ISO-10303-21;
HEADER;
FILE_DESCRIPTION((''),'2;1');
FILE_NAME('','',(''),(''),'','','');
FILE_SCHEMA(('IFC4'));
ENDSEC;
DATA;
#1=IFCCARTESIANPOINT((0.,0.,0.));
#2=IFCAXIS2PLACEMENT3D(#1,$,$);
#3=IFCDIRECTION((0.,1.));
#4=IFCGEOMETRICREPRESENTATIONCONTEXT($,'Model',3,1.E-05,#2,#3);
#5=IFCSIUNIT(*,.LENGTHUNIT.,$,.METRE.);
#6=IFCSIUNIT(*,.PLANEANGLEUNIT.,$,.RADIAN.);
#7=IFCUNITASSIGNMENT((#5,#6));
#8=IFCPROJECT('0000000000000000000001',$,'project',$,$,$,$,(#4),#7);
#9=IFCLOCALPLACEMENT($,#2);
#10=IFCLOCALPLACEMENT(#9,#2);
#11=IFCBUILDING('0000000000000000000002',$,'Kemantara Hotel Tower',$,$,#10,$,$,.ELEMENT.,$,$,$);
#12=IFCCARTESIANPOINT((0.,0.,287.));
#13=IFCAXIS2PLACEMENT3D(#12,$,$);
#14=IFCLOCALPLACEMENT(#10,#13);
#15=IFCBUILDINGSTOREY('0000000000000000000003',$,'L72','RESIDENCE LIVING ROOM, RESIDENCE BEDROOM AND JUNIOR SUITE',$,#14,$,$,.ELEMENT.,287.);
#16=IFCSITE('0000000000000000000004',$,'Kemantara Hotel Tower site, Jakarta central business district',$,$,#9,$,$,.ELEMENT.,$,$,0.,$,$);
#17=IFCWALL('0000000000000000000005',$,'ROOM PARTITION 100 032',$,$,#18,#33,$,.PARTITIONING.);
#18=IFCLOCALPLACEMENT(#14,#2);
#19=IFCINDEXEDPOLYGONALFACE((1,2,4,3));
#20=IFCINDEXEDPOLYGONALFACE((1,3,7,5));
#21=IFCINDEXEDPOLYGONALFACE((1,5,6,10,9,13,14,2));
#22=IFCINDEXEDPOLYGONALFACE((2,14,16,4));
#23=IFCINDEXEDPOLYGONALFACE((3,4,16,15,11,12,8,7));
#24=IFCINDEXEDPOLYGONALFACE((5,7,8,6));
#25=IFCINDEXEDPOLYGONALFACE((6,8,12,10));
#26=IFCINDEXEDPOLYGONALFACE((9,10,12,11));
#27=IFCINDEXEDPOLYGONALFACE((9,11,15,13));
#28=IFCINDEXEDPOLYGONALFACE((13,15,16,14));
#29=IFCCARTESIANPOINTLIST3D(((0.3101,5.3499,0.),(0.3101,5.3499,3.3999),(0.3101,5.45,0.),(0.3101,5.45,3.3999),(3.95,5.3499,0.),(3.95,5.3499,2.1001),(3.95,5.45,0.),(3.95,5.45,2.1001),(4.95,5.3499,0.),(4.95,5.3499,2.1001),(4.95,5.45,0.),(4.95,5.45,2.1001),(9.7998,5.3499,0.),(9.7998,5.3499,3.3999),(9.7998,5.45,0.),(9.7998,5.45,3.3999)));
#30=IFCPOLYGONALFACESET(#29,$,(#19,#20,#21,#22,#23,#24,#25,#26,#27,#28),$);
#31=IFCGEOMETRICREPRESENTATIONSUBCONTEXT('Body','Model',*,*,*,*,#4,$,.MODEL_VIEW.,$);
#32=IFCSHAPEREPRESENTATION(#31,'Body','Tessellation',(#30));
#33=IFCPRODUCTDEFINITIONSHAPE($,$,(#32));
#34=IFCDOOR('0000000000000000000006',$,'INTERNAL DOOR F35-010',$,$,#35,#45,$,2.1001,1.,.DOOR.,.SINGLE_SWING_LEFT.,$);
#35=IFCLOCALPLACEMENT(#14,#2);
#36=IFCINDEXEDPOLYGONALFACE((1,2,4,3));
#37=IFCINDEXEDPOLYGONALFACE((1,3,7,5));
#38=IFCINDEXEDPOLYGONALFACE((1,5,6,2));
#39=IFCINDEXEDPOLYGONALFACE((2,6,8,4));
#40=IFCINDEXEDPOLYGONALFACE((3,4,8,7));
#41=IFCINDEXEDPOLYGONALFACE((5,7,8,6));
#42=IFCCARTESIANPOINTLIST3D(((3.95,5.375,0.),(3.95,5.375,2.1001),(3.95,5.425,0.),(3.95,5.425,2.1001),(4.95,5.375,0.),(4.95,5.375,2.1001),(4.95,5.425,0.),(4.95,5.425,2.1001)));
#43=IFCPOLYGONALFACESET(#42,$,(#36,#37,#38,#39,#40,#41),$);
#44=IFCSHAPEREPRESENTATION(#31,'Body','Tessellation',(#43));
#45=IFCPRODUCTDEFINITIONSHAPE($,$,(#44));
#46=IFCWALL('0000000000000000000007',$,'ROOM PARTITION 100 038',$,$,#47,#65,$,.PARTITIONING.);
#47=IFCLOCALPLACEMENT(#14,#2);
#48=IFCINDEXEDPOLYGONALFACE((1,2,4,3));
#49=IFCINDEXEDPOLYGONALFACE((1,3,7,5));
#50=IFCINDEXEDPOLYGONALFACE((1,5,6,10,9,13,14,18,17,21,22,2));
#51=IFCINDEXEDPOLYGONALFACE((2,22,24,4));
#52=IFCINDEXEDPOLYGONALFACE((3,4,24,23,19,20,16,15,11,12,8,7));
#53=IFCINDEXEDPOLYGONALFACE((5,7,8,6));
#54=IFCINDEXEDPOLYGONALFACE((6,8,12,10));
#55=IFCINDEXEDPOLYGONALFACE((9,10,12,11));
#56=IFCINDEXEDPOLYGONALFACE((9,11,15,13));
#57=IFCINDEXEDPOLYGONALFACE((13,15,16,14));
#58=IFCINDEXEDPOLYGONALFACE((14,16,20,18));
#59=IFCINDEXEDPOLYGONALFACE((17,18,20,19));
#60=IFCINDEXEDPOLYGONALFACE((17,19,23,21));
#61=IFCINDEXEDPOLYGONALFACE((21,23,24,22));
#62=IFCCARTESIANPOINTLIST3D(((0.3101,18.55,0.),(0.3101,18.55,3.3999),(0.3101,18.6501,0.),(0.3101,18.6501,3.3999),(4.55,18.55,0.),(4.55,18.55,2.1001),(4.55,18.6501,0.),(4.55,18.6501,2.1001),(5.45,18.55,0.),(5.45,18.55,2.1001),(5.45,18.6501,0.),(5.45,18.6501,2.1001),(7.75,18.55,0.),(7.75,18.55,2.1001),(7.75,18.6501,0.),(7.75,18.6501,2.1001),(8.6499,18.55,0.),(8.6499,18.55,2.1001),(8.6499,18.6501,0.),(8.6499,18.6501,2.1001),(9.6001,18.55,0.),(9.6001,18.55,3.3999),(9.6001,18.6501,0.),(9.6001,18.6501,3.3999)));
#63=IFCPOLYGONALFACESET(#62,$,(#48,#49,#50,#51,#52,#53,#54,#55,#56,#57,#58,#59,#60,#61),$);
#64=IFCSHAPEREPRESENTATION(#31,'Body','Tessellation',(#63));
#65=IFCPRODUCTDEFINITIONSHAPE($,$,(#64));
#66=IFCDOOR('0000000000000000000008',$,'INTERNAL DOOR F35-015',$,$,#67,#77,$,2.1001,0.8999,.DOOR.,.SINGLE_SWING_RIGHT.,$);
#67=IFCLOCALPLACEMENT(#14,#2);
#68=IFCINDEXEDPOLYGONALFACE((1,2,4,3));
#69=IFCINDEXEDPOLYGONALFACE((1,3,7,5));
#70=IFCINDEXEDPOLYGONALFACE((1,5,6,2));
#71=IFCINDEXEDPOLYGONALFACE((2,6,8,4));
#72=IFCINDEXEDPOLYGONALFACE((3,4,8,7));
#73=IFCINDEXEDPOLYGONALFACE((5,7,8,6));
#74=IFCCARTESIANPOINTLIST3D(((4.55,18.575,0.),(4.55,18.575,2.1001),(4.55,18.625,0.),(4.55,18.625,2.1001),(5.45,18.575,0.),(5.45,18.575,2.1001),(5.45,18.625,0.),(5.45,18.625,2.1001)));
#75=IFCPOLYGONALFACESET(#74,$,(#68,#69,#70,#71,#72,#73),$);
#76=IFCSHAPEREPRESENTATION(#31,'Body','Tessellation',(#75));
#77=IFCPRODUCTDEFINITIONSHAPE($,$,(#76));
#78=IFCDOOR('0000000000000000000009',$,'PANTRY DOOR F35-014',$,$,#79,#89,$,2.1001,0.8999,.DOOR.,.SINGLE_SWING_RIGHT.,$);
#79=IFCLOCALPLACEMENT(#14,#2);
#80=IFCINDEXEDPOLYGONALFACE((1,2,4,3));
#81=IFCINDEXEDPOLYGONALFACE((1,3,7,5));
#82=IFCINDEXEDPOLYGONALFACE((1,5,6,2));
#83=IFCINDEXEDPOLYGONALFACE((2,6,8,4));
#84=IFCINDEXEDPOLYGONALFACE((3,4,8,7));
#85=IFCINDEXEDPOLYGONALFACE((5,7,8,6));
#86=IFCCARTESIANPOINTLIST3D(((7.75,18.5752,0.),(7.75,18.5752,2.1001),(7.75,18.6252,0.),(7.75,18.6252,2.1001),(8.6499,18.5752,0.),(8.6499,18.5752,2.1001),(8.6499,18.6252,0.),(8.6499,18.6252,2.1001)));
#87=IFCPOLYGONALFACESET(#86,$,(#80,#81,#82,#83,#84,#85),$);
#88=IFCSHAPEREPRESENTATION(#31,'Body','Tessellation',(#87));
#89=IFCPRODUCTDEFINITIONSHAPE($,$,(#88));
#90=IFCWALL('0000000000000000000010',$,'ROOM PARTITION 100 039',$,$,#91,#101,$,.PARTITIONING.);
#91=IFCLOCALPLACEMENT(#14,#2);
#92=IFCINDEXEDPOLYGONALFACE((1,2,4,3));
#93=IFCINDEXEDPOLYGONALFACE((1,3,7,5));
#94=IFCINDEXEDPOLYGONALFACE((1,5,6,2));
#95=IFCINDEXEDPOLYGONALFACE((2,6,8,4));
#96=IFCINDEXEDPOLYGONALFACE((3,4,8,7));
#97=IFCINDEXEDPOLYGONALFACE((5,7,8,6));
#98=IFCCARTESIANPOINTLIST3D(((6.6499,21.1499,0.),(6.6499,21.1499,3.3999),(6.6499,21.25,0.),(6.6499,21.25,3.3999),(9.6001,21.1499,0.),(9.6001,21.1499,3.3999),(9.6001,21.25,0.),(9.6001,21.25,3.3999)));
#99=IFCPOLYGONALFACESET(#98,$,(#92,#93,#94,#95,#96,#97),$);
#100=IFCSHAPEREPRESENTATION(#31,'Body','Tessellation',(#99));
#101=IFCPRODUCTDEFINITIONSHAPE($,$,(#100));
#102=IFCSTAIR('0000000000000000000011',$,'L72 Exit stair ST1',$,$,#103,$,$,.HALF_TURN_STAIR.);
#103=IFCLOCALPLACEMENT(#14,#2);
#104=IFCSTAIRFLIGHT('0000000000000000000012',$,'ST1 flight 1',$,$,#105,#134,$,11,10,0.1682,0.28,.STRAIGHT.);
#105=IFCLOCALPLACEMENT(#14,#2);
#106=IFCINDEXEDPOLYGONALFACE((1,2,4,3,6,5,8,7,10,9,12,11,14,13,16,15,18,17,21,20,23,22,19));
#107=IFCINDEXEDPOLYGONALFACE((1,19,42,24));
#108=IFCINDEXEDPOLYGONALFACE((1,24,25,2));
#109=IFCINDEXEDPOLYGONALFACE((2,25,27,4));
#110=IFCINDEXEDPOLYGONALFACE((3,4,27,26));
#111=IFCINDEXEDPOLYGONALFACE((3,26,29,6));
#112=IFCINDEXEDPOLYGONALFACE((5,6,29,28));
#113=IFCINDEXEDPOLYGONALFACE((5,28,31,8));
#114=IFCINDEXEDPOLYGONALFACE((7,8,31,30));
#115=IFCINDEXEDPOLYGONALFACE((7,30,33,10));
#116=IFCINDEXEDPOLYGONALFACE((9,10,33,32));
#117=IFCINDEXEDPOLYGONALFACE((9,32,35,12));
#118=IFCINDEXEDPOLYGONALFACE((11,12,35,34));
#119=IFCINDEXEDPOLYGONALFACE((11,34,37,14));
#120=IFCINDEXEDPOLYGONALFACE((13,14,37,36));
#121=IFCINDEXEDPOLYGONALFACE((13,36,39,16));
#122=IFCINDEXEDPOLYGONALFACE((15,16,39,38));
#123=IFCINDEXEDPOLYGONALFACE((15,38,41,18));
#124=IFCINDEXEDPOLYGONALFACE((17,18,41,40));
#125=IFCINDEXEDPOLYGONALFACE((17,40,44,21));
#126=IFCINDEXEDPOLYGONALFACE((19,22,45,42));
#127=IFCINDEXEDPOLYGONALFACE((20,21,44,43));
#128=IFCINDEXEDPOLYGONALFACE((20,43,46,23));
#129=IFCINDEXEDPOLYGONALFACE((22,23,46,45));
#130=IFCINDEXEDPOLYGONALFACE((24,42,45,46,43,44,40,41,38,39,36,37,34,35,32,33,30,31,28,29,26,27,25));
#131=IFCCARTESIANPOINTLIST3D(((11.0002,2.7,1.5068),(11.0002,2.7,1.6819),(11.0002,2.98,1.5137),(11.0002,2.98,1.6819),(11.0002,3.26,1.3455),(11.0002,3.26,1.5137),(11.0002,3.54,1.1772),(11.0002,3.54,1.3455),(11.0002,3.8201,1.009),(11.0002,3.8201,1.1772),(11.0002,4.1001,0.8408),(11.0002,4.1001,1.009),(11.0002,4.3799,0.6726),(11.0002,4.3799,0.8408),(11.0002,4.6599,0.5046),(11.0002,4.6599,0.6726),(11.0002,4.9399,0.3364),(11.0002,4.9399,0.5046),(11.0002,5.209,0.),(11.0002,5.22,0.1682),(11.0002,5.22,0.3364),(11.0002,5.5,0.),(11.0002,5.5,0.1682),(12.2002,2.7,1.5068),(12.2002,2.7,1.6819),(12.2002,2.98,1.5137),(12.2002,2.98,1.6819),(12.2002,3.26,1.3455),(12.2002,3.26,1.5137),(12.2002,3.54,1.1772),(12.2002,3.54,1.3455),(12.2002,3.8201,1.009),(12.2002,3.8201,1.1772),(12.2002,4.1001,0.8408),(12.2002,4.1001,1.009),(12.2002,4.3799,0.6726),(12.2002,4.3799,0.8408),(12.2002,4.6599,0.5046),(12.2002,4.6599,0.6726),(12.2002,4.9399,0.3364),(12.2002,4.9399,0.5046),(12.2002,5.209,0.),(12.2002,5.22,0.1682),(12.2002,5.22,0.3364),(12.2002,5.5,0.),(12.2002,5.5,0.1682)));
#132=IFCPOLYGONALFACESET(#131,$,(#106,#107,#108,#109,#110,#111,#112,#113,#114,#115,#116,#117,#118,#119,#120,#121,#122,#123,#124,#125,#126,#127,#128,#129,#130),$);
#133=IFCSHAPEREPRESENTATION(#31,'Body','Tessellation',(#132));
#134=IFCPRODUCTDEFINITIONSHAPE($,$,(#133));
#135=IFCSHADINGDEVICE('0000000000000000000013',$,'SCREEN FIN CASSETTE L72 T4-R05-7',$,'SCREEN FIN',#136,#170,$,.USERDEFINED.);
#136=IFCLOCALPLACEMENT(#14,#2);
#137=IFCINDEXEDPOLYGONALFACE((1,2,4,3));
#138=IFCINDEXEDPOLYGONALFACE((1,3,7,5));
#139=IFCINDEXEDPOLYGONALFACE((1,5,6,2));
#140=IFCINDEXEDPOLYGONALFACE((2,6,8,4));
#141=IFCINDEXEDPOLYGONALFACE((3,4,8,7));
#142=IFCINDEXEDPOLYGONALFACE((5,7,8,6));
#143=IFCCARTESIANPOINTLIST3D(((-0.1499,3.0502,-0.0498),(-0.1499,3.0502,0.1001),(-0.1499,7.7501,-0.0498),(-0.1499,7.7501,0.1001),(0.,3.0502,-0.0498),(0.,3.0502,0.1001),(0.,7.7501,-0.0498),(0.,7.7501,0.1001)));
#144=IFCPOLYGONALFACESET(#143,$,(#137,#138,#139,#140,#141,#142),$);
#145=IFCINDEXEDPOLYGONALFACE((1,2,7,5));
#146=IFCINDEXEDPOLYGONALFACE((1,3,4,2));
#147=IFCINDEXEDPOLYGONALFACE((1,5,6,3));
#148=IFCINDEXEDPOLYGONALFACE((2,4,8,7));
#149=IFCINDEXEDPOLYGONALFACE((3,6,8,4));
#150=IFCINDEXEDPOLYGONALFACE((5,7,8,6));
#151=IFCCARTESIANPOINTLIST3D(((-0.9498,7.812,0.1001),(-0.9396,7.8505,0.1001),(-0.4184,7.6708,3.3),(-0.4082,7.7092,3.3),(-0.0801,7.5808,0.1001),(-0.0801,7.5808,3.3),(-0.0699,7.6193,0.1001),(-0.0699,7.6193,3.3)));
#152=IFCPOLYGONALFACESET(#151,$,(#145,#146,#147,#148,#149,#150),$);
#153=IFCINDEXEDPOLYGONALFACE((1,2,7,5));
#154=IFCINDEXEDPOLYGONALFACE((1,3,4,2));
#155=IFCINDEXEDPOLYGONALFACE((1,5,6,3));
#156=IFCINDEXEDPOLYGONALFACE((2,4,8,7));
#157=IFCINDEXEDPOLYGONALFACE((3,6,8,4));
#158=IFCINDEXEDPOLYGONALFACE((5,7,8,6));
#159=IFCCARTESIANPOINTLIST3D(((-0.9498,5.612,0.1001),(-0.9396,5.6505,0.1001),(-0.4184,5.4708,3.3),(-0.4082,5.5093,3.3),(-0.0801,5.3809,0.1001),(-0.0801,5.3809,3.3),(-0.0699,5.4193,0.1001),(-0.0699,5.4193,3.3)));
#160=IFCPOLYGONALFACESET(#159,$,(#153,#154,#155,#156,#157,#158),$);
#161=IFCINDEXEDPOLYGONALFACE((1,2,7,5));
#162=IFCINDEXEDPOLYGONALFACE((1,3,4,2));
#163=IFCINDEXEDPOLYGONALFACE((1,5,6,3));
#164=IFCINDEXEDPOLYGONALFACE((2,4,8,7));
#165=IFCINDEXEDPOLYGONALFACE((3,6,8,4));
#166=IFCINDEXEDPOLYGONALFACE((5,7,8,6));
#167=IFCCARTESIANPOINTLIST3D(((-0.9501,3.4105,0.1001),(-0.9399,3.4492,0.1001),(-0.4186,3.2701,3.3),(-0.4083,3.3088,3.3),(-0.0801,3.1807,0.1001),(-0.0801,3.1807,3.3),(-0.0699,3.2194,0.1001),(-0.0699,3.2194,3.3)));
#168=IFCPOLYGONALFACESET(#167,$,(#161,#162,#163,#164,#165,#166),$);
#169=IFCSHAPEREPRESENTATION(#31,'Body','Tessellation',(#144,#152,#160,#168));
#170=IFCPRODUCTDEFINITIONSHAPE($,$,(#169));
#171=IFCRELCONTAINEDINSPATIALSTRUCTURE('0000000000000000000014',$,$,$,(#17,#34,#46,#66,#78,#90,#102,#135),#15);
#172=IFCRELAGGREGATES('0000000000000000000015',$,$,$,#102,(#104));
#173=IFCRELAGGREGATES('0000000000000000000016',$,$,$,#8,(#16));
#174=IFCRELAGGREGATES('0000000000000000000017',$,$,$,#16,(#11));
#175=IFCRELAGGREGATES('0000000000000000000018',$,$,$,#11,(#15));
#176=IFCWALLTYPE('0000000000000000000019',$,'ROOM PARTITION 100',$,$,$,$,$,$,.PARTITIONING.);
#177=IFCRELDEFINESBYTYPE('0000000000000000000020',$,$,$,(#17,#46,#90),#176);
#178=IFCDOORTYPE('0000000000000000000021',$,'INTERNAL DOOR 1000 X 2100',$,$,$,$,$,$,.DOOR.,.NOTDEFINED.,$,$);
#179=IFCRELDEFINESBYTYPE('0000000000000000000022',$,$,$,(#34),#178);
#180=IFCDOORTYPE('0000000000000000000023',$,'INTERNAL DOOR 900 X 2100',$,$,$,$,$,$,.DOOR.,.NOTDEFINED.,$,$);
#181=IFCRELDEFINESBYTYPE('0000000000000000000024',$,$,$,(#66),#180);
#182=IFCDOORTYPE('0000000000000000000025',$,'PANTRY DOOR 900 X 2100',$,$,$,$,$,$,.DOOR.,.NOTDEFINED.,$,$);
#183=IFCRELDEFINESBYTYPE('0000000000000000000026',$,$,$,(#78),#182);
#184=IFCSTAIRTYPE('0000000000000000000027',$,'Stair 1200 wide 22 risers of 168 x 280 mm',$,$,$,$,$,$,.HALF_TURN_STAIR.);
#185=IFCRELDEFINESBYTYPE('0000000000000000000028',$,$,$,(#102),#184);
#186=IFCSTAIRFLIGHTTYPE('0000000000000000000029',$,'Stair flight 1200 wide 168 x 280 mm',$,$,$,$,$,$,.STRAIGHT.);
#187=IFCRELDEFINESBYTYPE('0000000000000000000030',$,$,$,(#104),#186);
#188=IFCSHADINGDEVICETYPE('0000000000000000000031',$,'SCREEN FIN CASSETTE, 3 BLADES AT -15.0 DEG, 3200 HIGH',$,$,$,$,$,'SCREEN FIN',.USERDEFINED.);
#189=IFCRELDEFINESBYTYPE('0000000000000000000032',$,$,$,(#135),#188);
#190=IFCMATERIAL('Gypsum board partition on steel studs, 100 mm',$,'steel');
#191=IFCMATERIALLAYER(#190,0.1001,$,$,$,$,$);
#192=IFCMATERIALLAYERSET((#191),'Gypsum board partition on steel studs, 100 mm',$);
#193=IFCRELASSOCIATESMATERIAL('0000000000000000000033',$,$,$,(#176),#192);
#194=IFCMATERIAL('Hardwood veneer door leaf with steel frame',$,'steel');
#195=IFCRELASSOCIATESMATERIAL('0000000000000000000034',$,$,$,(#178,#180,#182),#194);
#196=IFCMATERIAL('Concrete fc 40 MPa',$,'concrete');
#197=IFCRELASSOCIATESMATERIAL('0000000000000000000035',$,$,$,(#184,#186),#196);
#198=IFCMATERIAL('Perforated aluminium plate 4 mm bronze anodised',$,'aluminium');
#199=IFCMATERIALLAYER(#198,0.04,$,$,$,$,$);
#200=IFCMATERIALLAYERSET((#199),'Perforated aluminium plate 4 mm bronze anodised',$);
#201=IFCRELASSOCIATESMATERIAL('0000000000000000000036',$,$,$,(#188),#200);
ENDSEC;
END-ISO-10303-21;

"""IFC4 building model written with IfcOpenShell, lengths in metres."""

from ifc_helpers import new_model, si_unit, direction, frame, frame_2d, origin, origin_2d, place, context, subcontext, project, spatial, polyline, rectangle, outline, extrude, source, transform, mapped, material, layer, layer_set, type_object, element, fill, aggregate, save


model = new_model("IFC4")

# Units and contexts
model_context = context("Model", 3, precision=1e-05, world=origin(), true_north=direction((0.0, 1.0)))
body_context = subcontext(model_context, "Body", "Model", "MODEL_VIEW")
ifc_project = project(units=[si_unit("LENGTHUNIT", "METRE"), si_unit("PLANEANGLEUNIT", "RADIAN")], contexts=[model_context])

# Site, building, storey
site_placement = place(None, origin())
site = spatial("IfcSite", under=ifc_project, at=site_placement, Name="Kemantara Hotel Tower site, Jakarta central business district", CompositionType="ELEMENT", RefElevation=0.0)
building_placement = place(site_placement, origin())
building = spatial("IfcBuilding", under=site, at=building_placement, Name="Kemantara Hotel Tower", CompositionType="ELEMENT")
storey_placement = place(building_placement, frame((0.0, 0.0, 287.0)))
storey = spatial("IfcBuildingStorey", under=building, at=storey_placement, Name="L72", Description="RESIDENCE LIVING ROOM, RESIDENCE BEDROOM AND JUNIOR SUITE", CompositionType="ELEMENT", Elevation=287.0)

# Shared definitions
ifc_material_1 = material(Name="Hardwood veneer door leaf with steel frame", Category="steel")

# Wall, opening, door
ifc_material_2 = material(Name="Gypsum board partition on steel studs, 100 mm", Category="steel")
ifc_layer_1 = layer(ifc_material_2, 0.1001)
ifc_layer_set_1 = layer_set([ifc_layer_1], Name="Gypsum board partition on steel studs, 100 mm")
wall_type_1 = type_object("IfcWallType", Name="ROOM PARTITION 100", PredefinedType="PARTITIONING", material=ifc_layer_set_1)
wall_1_placement = place(storey_placement, frame((9.7998, 5.3999, 0.0), z_axis=(0.0, 0.0, 1.0), x_axis=(-1.0, 0.0, 0.0)))
wall_1 = element("IfcWall", 1, at=wall_1_placement, inside=storey, type_object=wall_type_1, Name="ROOM PARTITION 100 032", PredefinedType="PARTITIONING", context=body_context, shape_type="SweptSolid", body=[
    extrude(rectangle(XDim=9.4897, YDim=0.1001, at=frame_2d((4.7449, 0.0))), origin(), (0.0, 0.0, 1.0), 3.3999),
])
opening_1_placement = place(wall_1_placement, frame((4.8499, 0.0, 0.0)))
opening_1 = element("IfcOpeningElement", 2, at=opening_1_placement, cuts=wall_1, PredefinedType="OPENING", context=body_context, shape_type="SweptSolid", body=[
    extrude(rectangle(XDim=1.0, YDim=2.1001, at=frame_2d((0.5, 1.05))), frame((0.0, 0.0601, 0.0), z_axis=(0.0, -1.0, 0.0), x_axis=(1.0, 0.0, 0.0)), (0.0, 0.0, 1.0), 0.1201),
])
door_type_1 = type_object("IfcDoorType", Name="INTERNAL DOOR 1000 X 2100", OperationType="NOTDEFINED", PredefinedType="DOOR", material=ifc_material_1)
door_1_placement = place(opening_1_placement, origin())
door_1 = element("IfcDoor", 3, at=door_1_placement, inside=storey, type_object=door_type_1, Name="INTERNAL DOOR F35-010", OperationType="SINGLE_SWING_LEFT", OverallHeight=2.1001, OverallWidth=1.0, PredefinedType="DOOR", context=body_context, shape_type="SweptSolid", body=[
    extrude(rectangle(XDim=1.0, YDim=2.1001, at=frame_2d((0.5, 1.05))), frame((0.0, 0.0249, 0.0), z_axis=(0.0, -1.0, 0.0), x_axis=(1.0, 0.0, 0.0)), (0.0, 0.0, 1.0), 0.05),
])
fill(opening_1, door_1)

# Wall, openings, doors
wall_2_placement = place(storey_placement, frame((0.3101, 18.6001, 0.0), z_axis=(0.0, 0.0, 1.0), x_axis=(1.0, 0.0, 0.0)))
wall_2 = element("IfcWall", 4, at=wall_2_placement, inside=storey, type_object=wall_type_1, Name="ROOM PARTITION 100 038", PredefinedType="PARTITIONING", context=body_context, shape_type="SweptSolid", body=[
    extrude(rectangle(XDim=9.29, YDim=0.1001, at=frame_2d((4.645, 0.0))), origin(), (0.0, 0.0, 1.0), 3.3999),
])
opening_2_placement = place(wall_2_placement, frame((7.4399, 0.0, 0.0)))
opening_2 = element("IfcOpeningElement", 5, at=opening_2_placement, cuts=wall_2, PredefinedType="OPENING", context=body_context, shape_type="SweptSolid", body=[
    extrude(rectangle(XDim=0.8999, YDim=2.1001, at=frame_2d((0.45, 1.05))), frame((0.0, 0.0601, 0.0), z_axis=(0.0, -1.0, 0.0), x_axis=(1.0, 0.0, 0.0)), (0.0, 0.0, 1.0), 0.1201),
])
opening_3_placement = place(wall_2_placement, frame((4.24, 0.0, 0.0)))
opening_3 = element("IfcOpeningElement", 6, at=opening_3_placement, cuts=wall_2, PredefinedType="OPENING", context=body_context, shape_type="SweptSolid", body=[
    extrude(rectangle(XDim=0.8999, YDim=2.1001, at=frame_2d((0.45, 1.05))), frame((0.0, 0.0601, 0.0), z_axis=(0.0, -1.0, 0.0), x_axis=(1.0, 0.0, 0.0)), (0.0, 0.0, 1.0), 0.1201),
])
door_type_2 = type_object("IfcDoorType", Name="INTERNAL DOOR 900 X 2100", OperationType="NOTDEFINED", PredefinedType="DOOR", material=ifc_material_1)
door_2_placement = place(opening_3_placement, origin())
door_2 = element("IfcDoor", 7, at=door_2_placement, inside=storey, type_object=door_type_2, Name="INTERNAL DOOR F35-015", OperationType="SINGLE_SWING_RIGHT", OverallHeight=2.1001, OverallWidth=0.8999, PredefinedType="DOOR", context=body_context, shape_type="SweptSolid", body=[
    extrude(rectangle(XDim=0.8999, YDim=2.1001, at=frame_2d((0.45, 1.05))), frame((0.0, 0.0249, 0.0), z_axis=(0.0, -1.0, 0.0), x_axis=(1.0, 0.0, 0.0)), (0.0, 0.0, 1.0), 0.05),
])
fill(opening_3, door_2)
door_type_3 = type_object("IfcDoorType", Name="PANTRY DOOR 900 X 2100", OperationType="NOTDEFINED", PredefinedType="DOOR", material=ifc_material_1)
door_3_placement = place(opening_2_placement, frame((0.8999, 0.0, 0.0), z_axis=(0.0, 0.0, 1.0), x_axis=(-1.0, 0.0, 0.0)))
door_3 = element("IfcDoor", 8, at=door_3_placement, inside=storey, type_object=door_type_3, Name="PANTRY DOOR F35-014", OperationType="SINGLE_SWING_RIGHT", OverallHeight=2.1001, OverallWidth=0.8999, PredefinedType="DOOR", context=body_context, shape_type="SweptSolid", body=[
    extrude(rectangle(XDim=0.8999, YDim=2.1001, at=frame_2d((0.45, 1.05))), frame((0.0, 0.0249, 0.0), z_axis=(0.0, -1.0, 0.0), x_axis=(1.0, 0.0, 0.0)), (0.0, 0.0, 1.0), 0.05),
])
fill(opening_2, door_3)

# Wall
wall_3_placement = place(storey_placement, frame((6.6499, 21.2, 0.0), z_axis=(0.0, 0.0, 1.0), x_axis=(1.0, 0.0, 0.0)))
element("IfcWall", 9, at=wall_3_placement, inside=storey, type_object=wall_type_1, Name="ROOM PARTITION 100 039", PredefinedType="PARTITIONING", context=body_context, shape_type="SweptSolid", body=[
    extrude(rectangle(XDim=2.9502, YDim=0.1001, at=frame_2d((1.4751, 0.0))), origin(), (0.0, 0.0, 1.0), 3.3999),
])

# Stair, stair flight
ifc_material_3 = material(Name="Concrete fc 40 MPa", Category="concrete")
stair_type = type_object("IfcStairType", Name="Stair 1200 wide 22 risers of 168 x 280 mm", PredefinedType="HALF_TURN_STAIR", material=ifc_material_3)
stair_placement = place(storey_placement, origin())
stair = element("IfcStair", 10, at=stair_placement, inside=storey, type_object=stair_type, Name="L72 Exit stair ST1", PredefinedType="HALF_TURN_STAIR")
stair_flight_type = type_object("IfcStairFlightType", Name="Stair flight 1200 wide 168 x 280 mm", PredefinedType="STRAIGHT", material=ifc_material_3)
stair_flight_placement = place(storey_placement, frame((11.6001, 5.5, 0.0), z_axis=(0.0, 0.0, 1.0), x_axis=(0.0, -1.0, 0.0)))
stair_flight = element("IfcStairFlight", 11, at=stair_flight_placement, type_object=stair_flight_type, Name="ST1 flight 1", NumberOfRisers=11, NumberOfTreads=10, PredefinedType="STRAIGHT", RiserHeight=0.1682, TreadLength=0.28, context=body_context, shape_type="SweptSolid", body=[
    extrude(outline(polyline([(0.0, 0.0), (0.0, 0.1682), (0.28, 0.1682), (0.28, 0.3364), (0.5601, 0.3364), (0.5601, 0.5046), (0.8401, 0.5046), (0.8401, 0.6726), (1.1201, 0.6726), (1.1201, 0.8408), (1.3999, 0.8408), (1.3999, 1.009), (1.6799, 1.009), (1.6799, 1.1772), (1.96, 1.1772), (1.96, 1.3455), (2.24, 1.3455), (2.24, 1.5137), (2.52, 1.5137), (2.52, 1.6819), (2.8, 1.6819), (2.8, 1.8501), (2.8, 1.5068), (0.291, 0.0), (0.0, 0.0)])), frame((0.0, 0.6001, 0.0), z_axis=(0.0, -1.0, 0.0), x_axis=(1.0, 0.0, 0.0)), (0.0, 0.0, 1.0), 1.2),
])
aggregate(stair, [stair_flight])

# Shading device
ifc_material_4 = material(Name="Perforated aluminium plate 4 mm bronze anodised", Category="aluminium")
ifc_layer_2 = layer(ifc_material_4, 0.04)
ifc_layer_set_2 = layer_set([ifc_layer_2], Name="Perforated aluminium plate 4 mm bronze anodised")
shading_device_type_1 = type_object("IfcShadingDeviceType", Name="SCREEN FIN CASSETTE, 3 BLADES AT -15.0 DEG, 3200 HIGH", ElementType="SCREEN FIN", PredefinedType="USERDEFINED", material=ifc_layer_set_2)
shared_shape_1 = source(origin(), body_context, "Body", "SweptSolid", [
    extrude(rectangle(XDim=4.7, YDim=0.1499, at=origin_2d()), frame((2.2, -0.075, -0.1499), z_axis=(0.0, 0.0, 1.0), x_axis=(1.0, 0.0, 0.0)), (0.0, 0.0, 1.0), 0.1499),
    extrude(outline(polyline([(0.0, 0.0), (0.8999, 0.0), (0.3501, 3.2), (0.0, 3.2), (0.0, 0.0)])), frame((0.0193, -0.0801, 0.0), z_axis=(-0.966438, 0.256901, 0.0), x_axis=(-0.256901, -0.966438, 0.0)), (0.0, 0.0, 1.0), 0.0398),
    extrude(outline(polyline([(0.0, 0.0), (0.8999, 0.0), (0.3501, 3.2), (0.0, 3.2), (0.0, 0.0)])), frame((2.2192, -0.0801, 0.0), z_axis=(-0.966438, 0.256901, 0.0), x_axis=(-0.256901, -0.966438, 0.0)), (0.0, 0.0, 1.0), 0.0398),
    extrude(outline(polyline([(0.0, 0.0), (0.8999, 0.0), (0.3501, 3.2), (0.0, 3.2), (0.0, 0.0)])), frame((4.4194, -0.0801, 0.0), z_axis=(-0.966838, 0.255391, 0.0), x_axis=(-0.255391, -0.966838, 0.0)), (0.0, 0.0, 1.0), 0.04),
])
shading_device_1_placement = place(storey_placement, frame((0.0, 7.6001, 0.1001), z_axis=(0.0, 0.0, 1.0), x_axis=(0.0, -1.0, 0.0)))
element("IfcShadingDevice", 12, at=shading_device_1_placement, inside=storey, type_object=shading_device_type_1, Name="SCREEN FIN CASSETTE L72 T4-R05-7", ObjectType="SCREEN FIN", PredefinedType="USERDEFINED", context=body_context, shape_type="MappedRepresentation", body=[
    mapped(shared_shape_1, transform((0.0, 0.0, 0.0))),
])

save(model, "model.ifc")
